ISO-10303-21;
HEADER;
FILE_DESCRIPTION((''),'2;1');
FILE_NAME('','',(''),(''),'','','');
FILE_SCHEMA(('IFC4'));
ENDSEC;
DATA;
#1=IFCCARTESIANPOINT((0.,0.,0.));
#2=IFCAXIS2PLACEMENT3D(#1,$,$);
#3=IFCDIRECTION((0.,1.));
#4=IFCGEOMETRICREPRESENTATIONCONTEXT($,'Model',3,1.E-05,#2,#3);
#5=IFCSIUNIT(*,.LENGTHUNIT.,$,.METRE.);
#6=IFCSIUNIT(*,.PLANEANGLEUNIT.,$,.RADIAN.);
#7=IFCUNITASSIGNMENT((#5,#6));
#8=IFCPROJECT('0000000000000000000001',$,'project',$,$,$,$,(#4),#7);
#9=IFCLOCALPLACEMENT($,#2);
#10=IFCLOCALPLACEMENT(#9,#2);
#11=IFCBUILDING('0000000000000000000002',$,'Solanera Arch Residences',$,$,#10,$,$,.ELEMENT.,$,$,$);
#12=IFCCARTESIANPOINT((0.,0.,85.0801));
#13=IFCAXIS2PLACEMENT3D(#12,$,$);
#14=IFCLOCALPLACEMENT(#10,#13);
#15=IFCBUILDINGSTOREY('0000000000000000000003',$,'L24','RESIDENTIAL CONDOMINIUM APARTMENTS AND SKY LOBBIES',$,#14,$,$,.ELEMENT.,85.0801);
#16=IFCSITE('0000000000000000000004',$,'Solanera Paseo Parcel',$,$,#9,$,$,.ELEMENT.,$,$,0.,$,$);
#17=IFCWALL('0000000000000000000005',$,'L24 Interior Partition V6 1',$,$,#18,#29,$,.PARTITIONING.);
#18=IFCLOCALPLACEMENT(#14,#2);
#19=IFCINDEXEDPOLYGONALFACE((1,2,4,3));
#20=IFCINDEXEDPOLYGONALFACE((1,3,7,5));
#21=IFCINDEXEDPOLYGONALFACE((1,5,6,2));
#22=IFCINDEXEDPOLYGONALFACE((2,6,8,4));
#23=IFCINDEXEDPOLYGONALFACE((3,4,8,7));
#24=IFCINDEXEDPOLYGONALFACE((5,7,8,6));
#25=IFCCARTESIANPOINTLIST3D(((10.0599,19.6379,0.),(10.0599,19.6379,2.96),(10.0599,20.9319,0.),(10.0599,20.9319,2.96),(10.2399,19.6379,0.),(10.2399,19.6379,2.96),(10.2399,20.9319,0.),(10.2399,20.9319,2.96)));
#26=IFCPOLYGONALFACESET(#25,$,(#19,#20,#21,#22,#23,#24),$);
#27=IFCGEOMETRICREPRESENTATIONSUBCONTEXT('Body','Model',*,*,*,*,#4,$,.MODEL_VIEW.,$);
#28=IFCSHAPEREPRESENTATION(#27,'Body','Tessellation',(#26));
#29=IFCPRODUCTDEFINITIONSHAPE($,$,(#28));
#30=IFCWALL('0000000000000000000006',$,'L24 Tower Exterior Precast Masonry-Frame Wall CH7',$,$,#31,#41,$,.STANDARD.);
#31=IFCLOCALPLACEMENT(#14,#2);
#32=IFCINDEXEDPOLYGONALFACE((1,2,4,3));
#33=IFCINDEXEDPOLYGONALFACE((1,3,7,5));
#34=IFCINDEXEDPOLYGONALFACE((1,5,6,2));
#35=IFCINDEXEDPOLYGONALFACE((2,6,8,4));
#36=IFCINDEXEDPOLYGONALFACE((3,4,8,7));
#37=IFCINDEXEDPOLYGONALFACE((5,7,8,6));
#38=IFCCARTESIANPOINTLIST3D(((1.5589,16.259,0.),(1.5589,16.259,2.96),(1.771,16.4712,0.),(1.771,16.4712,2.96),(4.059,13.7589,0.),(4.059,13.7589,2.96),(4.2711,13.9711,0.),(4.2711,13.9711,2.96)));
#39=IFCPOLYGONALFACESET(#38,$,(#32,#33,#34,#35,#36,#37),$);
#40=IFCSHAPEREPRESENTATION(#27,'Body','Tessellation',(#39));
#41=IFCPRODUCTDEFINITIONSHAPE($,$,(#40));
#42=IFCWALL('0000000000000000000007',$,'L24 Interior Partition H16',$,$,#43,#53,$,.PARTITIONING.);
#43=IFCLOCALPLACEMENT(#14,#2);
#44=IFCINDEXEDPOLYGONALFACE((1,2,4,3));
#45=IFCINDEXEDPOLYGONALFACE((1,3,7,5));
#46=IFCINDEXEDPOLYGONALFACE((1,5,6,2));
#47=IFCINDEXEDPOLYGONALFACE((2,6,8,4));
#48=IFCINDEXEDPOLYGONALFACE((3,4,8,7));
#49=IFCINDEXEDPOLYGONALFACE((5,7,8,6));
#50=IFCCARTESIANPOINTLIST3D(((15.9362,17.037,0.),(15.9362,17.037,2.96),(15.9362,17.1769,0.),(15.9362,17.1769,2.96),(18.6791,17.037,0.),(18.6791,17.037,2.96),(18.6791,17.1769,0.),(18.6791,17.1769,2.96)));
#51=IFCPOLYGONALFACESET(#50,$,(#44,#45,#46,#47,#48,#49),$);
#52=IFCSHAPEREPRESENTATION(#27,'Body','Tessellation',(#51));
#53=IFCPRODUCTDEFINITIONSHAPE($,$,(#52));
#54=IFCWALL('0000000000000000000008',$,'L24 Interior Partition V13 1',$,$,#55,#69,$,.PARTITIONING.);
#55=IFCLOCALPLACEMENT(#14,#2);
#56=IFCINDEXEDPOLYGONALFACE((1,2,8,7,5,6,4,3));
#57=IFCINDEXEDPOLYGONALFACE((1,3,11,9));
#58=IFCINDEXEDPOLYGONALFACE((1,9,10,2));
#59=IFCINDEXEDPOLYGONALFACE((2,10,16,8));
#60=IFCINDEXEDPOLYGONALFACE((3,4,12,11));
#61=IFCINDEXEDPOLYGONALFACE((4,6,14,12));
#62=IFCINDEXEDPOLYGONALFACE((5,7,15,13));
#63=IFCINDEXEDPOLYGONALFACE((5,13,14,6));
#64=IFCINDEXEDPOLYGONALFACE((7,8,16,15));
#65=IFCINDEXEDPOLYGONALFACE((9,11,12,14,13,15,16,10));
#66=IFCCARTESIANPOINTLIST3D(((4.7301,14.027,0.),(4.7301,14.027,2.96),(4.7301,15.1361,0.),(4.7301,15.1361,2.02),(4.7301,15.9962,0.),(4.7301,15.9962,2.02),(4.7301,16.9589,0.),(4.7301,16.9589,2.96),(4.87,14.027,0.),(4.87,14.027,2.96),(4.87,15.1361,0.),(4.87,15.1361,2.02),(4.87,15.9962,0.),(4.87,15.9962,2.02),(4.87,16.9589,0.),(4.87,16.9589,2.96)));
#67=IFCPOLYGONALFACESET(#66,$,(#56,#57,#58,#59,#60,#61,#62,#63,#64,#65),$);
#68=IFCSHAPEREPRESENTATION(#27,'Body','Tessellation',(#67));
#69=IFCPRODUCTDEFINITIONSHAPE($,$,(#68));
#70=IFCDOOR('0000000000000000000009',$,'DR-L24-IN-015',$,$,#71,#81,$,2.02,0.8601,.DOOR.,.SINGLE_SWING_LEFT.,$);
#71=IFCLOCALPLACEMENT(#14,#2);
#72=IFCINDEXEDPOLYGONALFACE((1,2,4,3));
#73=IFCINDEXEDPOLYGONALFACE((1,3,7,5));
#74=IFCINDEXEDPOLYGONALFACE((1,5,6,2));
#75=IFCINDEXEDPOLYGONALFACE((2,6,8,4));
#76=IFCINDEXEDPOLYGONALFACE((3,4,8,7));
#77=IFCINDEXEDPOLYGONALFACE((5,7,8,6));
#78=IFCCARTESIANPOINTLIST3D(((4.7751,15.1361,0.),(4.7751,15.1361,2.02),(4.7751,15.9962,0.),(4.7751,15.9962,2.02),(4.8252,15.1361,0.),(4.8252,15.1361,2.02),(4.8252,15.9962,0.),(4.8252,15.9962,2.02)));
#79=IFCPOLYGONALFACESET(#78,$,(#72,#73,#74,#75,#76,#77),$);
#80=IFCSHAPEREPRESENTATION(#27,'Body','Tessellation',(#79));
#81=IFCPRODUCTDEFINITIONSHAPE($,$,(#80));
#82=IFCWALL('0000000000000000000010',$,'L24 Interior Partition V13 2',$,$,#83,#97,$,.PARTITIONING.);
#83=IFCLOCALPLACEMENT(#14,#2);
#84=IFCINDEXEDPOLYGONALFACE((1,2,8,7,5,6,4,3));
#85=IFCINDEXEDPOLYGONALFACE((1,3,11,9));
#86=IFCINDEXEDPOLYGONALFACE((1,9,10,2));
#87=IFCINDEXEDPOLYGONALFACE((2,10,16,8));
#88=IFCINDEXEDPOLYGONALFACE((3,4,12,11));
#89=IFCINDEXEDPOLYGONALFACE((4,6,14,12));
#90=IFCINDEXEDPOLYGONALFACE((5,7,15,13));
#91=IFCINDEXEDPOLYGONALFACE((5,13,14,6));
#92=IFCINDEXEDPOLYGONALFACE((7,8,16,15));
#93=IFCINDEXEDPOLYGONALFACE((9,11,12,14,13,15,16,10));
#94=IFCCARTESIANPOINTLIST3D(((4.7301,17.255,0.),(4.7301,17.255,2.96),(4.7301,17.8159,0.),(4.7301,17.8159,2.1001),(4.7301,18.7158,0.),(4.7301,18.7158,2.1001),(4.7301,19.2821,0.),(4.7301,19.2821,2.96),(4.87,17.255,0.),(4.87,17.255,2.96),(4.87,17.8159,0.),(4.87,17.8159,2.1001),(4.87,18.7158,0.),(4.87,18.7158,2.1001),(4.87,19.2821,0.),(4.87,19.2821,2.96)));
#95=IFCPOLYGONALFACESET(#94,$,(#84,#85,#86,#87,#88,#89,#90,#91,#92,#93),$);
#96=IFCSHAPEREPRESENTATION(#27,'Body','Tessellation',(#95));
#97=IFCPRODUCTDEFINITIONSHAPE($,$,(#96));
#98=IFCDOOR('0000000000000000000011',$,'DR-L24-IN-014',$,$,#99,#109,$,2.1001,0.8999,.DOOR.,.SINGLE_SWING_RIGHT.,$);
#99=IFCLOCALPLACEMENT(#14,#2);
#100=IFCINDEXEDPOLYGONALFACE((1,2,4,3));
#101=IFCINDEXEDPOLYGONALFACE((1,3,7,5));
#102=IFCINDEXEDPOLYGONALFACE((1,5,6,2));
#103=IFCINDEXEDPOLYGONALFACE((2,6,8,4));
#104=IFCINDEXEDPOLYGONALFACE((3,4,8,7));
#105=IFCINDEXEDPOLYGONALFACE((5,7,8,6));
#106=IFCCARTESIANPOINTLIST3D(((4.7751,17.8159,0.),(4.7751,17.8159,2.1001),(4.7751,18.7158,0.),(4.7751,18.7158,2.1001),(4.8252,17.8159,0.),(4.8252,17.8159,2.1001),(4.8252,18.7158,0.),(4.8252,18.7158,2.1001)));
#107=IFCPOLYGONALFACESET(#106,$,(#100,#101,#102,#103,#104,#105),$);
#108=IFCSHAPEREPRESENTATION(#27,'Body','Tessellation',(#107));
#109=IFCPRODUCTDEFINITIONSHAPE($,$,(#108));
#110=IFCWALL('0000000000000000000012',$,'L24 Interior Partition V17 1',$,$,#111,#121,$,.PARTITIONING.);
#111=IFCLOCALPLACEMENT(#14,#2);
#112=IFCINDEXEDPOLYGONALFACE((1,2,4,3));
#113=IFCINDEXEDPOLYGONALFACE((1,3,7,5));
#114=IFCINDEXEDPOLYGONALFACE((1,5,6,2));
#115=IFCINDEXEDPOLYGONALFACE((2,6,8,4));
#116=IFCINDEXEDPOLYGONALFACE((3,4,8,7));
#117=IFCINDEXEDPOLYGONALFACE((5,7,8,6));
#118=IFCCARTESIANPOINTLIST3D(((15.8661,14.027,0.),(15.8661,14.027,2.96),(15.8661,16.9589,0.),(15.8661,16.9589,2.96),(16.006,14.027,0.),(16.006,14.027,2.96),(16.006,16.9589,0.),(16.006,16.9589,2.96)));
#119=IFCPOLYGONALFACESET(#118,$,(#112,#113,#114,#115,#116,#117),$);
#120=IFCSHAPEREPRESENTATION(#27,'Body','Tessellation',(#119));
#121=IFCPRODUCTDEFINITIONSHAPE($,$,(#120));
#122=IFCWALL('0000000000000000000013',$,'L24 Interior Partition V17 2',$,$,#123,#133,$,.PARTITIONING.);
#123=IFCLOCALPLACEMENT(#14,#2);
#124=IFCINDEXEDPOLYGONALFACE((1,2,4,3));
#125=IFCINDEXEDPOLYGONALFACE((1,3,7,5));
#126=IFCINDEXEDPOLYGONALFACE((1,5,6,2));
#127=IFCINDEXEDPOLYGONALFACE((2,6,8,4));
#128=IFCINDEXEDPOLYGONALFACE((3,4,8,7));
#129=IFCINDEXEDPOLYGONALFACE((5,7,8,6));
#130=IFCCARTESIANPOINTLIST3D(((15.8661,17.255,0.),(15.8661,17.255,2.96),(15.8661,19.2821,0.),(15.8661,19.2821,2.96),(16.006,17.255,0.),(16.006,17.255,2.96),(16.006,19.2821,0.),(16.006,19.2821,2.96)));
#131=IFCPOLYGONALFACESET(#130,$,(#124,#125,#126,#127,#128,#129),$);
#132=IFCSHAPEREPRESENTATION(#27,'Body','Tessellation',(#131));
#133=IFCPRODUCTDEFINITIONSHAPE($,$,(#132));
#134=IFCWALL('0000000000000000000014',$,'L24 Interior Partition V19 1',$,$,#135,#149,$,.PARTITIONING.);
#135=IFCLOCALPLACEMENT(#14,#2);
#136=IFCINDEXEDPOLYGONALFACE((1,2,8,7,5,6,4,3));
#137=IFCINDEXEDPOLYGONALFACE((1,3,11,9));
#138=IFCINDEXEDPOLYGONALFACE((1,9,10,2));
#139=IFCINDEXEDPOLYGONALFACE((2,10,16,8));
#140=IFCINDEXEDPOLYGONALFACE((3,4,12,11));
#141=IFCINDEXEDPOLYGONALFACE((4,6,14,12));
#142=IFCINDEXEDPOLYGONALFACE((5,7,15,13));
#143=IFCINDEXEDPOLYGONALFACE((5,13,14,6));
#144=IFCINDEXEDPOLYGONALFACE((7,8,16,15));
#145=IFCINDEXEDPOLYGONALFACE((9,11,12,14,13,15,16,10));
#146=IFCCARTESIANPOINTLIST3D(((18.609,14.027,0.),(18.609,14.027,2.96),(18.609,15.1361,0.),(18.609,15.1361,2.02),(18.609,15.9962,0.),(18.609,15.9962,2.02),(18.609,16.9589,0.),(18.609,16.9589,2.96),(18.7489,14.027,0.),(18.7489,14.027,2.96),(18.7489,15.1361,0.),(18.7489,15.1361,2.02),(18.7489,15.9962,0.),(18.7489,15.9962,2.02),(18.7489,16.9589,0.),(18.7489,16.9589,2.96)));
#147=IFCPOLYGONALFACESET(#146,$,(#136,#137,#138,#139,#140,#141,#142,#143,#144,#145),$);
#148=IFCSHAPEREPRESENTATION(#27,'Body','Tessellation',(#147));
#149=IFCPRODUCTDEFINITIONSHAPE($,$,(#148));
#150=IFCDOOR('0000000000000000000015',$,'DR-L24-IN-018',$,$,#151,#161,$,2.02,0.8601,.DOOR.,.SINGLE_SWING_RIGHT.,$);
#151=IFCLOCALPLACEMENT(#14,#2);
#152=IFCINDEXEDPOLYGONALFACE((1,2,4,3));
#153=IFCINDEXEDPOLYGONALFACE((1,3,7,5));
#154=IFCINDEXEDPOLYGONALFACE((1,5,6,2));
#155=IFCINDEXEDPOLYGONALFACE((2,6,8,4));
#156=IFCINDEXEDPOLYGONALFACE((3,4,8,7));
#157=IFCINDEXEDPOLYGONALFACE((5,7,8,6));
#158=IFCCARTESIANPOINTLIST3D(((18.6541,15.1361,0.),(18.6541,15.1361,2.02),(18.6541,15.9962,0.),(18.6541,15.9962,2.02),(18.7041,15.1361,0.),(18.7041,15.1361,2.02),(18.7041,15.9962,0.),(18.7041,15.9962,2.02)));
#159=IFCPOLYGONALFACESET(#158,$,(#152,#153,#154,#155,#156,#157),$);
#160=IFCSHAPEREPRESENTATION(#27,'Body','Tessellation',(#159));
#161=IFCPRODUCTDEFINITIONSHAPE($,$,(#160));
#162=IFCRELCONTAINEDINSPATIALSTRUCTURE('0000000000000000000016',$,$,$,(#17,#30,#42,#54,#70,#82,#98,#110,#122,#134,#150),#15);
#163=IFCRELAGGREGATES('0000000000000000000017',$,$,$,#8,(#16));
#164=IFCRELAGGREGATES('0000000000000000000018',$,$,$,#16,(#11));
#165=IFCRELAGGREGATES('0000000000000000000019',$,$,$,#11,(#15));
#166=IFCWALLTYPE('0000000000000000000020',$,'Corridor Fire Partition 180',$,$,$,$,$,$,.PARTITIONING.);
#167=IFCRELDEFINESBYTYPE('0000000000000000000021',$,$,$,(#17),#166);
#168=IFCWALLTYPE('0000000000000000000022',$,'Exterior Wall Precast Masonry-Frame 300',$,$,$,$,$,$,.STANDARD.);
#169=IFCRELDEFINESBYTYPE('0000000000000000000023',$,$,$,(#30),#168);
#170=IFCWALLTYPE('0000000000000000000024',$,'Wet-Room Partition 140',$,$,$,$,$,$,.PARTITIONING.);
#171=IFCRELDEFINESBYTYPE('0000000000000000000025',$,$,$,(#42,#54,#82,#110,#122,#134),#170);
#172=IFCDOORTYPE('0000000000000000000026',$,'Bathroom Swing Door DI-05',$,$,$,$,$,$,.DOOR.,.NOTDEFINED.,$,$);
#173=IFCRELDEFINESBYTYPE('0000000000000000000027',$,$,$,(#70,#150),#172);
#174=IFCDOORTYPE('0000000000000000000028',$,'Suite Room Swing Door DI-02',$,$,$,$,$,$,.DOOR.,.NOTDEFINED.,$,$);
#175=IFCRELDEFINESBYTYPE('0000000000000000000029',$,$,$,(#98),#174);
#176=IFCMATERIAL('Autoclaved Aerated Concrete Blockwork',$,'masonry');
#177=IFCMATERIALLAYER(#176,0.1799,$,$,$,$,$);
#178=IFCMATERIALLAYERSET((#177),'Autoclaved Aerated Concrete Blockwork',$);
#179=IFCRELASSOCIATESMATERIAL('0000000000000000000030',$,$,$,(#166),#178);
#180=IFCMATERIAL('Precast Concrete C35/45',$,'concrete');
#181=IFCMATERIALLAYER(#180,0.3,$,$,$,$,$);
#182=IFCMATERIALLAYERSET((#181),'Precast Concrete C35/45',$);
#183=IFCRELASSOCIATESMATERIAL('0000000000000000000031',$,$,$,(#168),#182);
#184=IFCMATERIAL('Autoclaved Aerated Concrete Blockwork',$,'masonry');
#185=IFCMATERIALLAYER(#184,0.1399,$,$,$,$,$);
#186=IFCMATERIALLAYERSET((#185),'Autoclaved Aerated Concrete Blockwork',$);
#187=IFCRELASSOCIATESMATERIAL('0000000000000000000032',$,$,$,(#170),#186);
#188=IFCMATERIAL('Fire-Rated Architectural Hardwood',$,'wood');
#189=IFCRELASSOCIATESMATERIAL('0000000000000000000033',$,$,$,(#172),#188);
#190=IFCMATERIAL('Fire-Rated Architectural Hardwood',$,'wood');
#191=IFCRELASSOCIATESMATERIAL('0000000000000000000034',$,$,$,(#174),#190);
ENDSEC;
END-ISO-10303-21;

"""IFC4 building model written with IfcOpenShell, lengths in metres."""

from ifc_helpers import new_model, si_unit, direction, frame, frame_2d, origin, place, context, subcontext, project, spatial, rectangle, extrude, material, layer, layer_set, type_object, element, fill, save


model = new_model("IFC4")

# Units and contexts
model_context = context("Model", 3, precision=1e-05, world=origin(), true_north=direction((0.0, 1.0)))
body_context = subcontext(model_context, "Body", "Model", "MODEL_VIEW")
ifc_project = project(units=[si_unit("LENGTHUNIT", "METRE"), si_unit("PLANEANGLEUNIT", "RADIAN")], contexts=[model_context])

# Site, building, storey
site_placement = place(None, origin())
site = spatial("IfcSite", under=ifc_project, at=site_placement, Name="Solanera Paseo Parcel", CompositionType="ELEMENT", RefElevation=0.0)
building_placement = place(site_placement, origin())
building = spatial("IfcBuilding", under=site, at=building_placement, Name="Solanera Arch Residences", CompositionType="ELEMENT")
storey_placement = place(building_placement, frame((0.0, 0.0, 85.0801)))
storey = spatial("IfcBuildingStorey", under=building, at=storey_placement, Name="L24", Description="RESIDENTIAL CONDOMINIUM APARTMENTS AND SKY LOBBIES", CompositionType="ELEMENT", Elevation=85.0801)

# Shared definitions
ifc_material_1 = material(Name="Autoclaved Aerated Concrete Blockwork", Category="masonry")
ifc_layer_1 = layer(ifc_material_1, 0.1799)
ifc_layer_set_1 = layer_set([ifc_layer_1], Name="Autoclaved Aerated Concrete Blockwork")
wall_type_1 = type_object("IfcWallType", Name="Corridor Fire Partition 180", PredefinedType="PARTITIONING", material=ifc_layer_set_1)

# Walls
wall_1_placement = place(storey_placement, frame((10.1499, 19.6379, 0.0), z_axis=(0.0, 0.0, 1.0), x_axis=(0.0, 1.0, 0.0)))
element("IfcWall", 1, at=wall_1_placement, inside=storey, type_object=wall_type_1, Name="L24 Interior Partition V6 1", PredefinedType="PARTITIONING", context=body_context, shape_type="SweptSolid", body=[
    extrude(rectangle(XDim=1.2939, YDim=0.1799, at=frame_2d((0.647, 0.0))), origin(), (0.0, 0.0, 1.0), 2.96),
])
ifc_material_2 = material(Name="Precast Concrete C35/45", Category="concrete")
ifc_layer_2 = layer(ifc_material_2, 0.3)
ifc_layer_set_2 = layer_set([ifc_layer_2], Name="Precast Concrete C35/45")
wall_type_2 = type_object("IfcWallType", Name="Exterior Wall Precast Masonry-Frame 300", PredefinedType="STANDARD", material=ifc_layer_set_2)
wall_2_placement = place(storey_placement, frame((4.165, 13.865, 0.0), z_axis=(0.0, 0.0, 1.0), x_axis=(-0.707107, 0.707107, 0.0)))
element("IfcWall", 2, at=wall_2_placement, inside=storey, type_object=wall_type_2, Name="L24 Tower Exterior Precast Masonry-Frame Wall CH7", PredefinedType="STANDARD", context=body_context, shape_type="SweptSolid", body=[
    extrude(rectangle(XDim=3.5356, YDim=0.3, at=frame_2d((1.7678, 0.0))), origin(), (0.0, 0.0, 1.0), 2.96),
])
ifc_material_3 = material(Name="Autoclaved Aerated Concrete Blockwork", Category="masonry")
ifc_layer_3 = layer(ifc_material_3, 0.1399)
ifc_layer_set_3 = layer_set([ifc_layer_3], Name="Autoclaved Aerated Concrete Blockwork")
wall_type_3 = type_object("IfcWallType", Name="Wet-Room Partition 140", PredefinedType="PARTITIONING", material=ifc_layer_set_3)
wall_3_placement = place(storey_placement, frame((15.936, 17.1069, 0.0), z_axis=(0.0, 0.0, 1.0), x_axis=(1.0, 0.0, 0.0)))
element("IfcWall", 3, at=wall_3_placement, inside=storey, type_object=wall_type_3, Name="L24 Interior Partition H16", PredefinedType="PARTITIONING", context=body_context, shape_type="SweptSolid", body=[
    extrude(rectangle(XDim=2.7429, YDim=0.1399, at=frame_2d((1.3716, 0.0))), origin(), (0.0, 0.0, 1.0), 2.96),
])

# Walls, openings, doors
wall_4_placement = place(storey_placement, frame((4.8, 14.0271, 0.0), z_axis=(0.0, 0.0, 1.0), x_axis=(0.0, 1.0, 0.0)))
wall_4 = element("IfcWall", 4, at=wall_4_placement, inside=storey, type_object=wall_type_3, Name="L24 Interior Partition V13 1", PredefinedType="PARTITIONING", context=body_context, shape_type="SweptSolid", body=[
    extrude(rectangle(XDim=2.9319, YDim=0.1399, at=frame_2d((1.4658, 0.0))), origin(), (0.0, 0.0, 1.0), 2.96),
])
opening_1_placement = place(wall_4_placement, frame((1.1089, 0.0, 0.0)))
opening_1 = element("IfcOpeningElement", 5, at=opening_1_placement, cuts=wall_4, PredefinedType="OPENING", context=body_context, shape_type="SweptSolid", body=[
    extrude(rectangle(XDim=0.8601, YDim=2.02, at=frame_2d((0.4302, 1.01))), frame((0.0, 0.0798, 0.0), z_axis=(0.0, -1.0, 0.0), x_axis=(1.0, 0.0, 0.0)), (0.0, 0.0, 1.0), 0.1599),
])
ifc_material_4 = material(Name="Fire-Rated Architectural Hardwood", Category="wood")
door_type_1 = type_object("IfcDoorType", Name="Bathroom Swing Door DI-05", OperationType="NOTDEFINED", PredefinedType="DOOR", material=ifc_material_4)
door_1_placement = place(opening_1_placement, origin())
door_1 = element("IfcDoor", 6, at=door_1_placement, inside=storey, type_object=door_type_1, Name="DR-L24-IN-015", OperationType="SINGLE_SWING_LEFT", OverallHeight=2.02, OverallWidth=0.8601, PredefinedType="DOOR", context=body_context, shape_type="SweptSolid", body=[
    extrude(rectangle(XDim=0.8601, YDim=2.02, at=frame_2d((0.4302, 1.01))), frame((0.0, 0.0249, 0.0), z_axis=(0.0, -1.0, 0.0), x_axis=(1.0, 0.0, 0.0)), (0.0, 0.0, 1.0), 0.05),
])
fill(opening_1, door_1)
wall_5_placement = place(storey_placement, frame((4.8, 17.2549, 0.0), z_axis=(0.0, 0.0, 1.0), x_axis=(0.0, 1.0, 0.0)))
wall_5 = element("IfcWall", 7, at=wall_5_placement, inside=storey, type_object=wall_type_3, Name="L24 Interior Partition V13 2", PredefinedType="PARTITIONING", context=body_context, shape_type="SweptSolid", body=[
    extrude(rectangle(XDim=2.0271, YDim=0.1399, at=frame_2d((1.0137, 0.0))), origin(), (0.0, 0.0, 1.0), 2.96),
])
opening_2_placement = place(wall_5_placement, frame((0.561, 0.0, 0.0)))
opening_2 = element("IfcOpeningElement", 8, at=opening_2_placement, cuts=wall_5, PredefinedType="OPENING", context=body_context, shape_type="SweptSolid", body=[
    extrude(rectangle(XDim=0.8999, YDim=2.1001, at=frame_2d((0.45, 1.05))), frame((0.0, 0.0798, 0.0), z_axis=(0.0, -1.0, 0.0), x_axis=(1.0, 0.0, 0.0)), (0.0, 0.0, 1.0), 0.1599),
])
ifc_material_5 = material(Name="Fire-Rated Architectural Hardwood", Category="wood")
door_type_2 = type_object("IfcDoorType", Name="Suite Room Swing Door DI-02", OperationType="NOTDEFINED", PredefinedType="DOOR", material=ifc_material_5)
door_2_placement = place(opening_2_placement, origin())
door_2 = element("IfcDoor", 9, at=door_2_placement, inside=storey, type_object=door_type_2, Name="DR-L24-IN-014", OperationType="SINGLE_SWING_RIGHT", OverallHeight=2.1001, OverallWidth=0.8999, PredefinedType="DOOR", context=body_context, shape_type="SweptSolid", body=[
    extrude(rectangle(XDim=0.8999, YDim=2.1001, at=frame_2d((0.45, 1.05))), frame((0.0, 0.0249, 0.0), z_axis=(0.0, -1.0, 0.0), x_axis=(1.0, 0.0, 0.0)), (0.0, 0.0, 1.0), 0.05),
])
fill(opening_2, door_2)

# Walls
wall_6_placement = place(storey_placement, frame((15.936, 14.0271, 0.0), z_axis=(0.0, 0.0, 1.0), x_axis=(0.0, 1.0, 0.0)))
element("IfcWall", 10, at=wall_6_placement, inside=storey, type_object=wall_type_3, Name="L24 Interior Partition V17 1", PredefinedType="PARTITIONING", context=body_context, shape_type="SweptSolid", body=[
    extrude(rectangle(XDim=2.9319, YDim=0.1399, at=frame_2d((1.4658, 0.0))), origin(), (0.0, 0.0, 1.0), 2.96),
])
wall_7_placement = place(storey_placement, frame((15.936, 17.2549, 0.0), z_axis=(0.0, 0.0, 1.0), x_axis=(0.0, 1.0, 0.0)))
element("IfcWall", 11, at=wall_7_placement, inside=storey, type_object=wall_type_3, Name="L24 Interior Partition V17 2", PredefinedType="PARTITIONING", context=body_context, shape_type="SweptSolid", body=[
    extrude(rectangle(XDim=2.0271, YDim=0.1399, at=frame_2d((1.0137, 0.0))), origin(), (0.0, 0.0, 1.0), 2.96),
])

# Wall, opening, door
wall_8_placement = place(storey_placement, frame((18.679, 14.0271, 0.0), z_axis=(0.0, 0.0, 1.0), x_axis=(0.0, 1.0, 0.0)))
wall_8 = element("IfcWall", 12, at=wall_8_placement, inside=storey, type_object=wall_type_3, Name="L24 Interior Partition V19 1", PredefinedType="PARTITIONING", context=body_context, shape_type="SweptSolid", body=[
    extrude(rectangle(XDim=2.9319, YDim=0.1399, at=frame_2d((1.4658, 0.0))), origin(), (0.0, 0.0, 1.0), 2.96),
])
opening_3_placement = place(wall_8_placement, frame((1.1089, 0.0, 0.0)))
opening_3 = element("IfcOpeningElement", 13, at=opening_3_placement, cuts=wall_8, PredefinedType="OPENING", context=body_context, shape_type="SweptSolid", body=[
    extrude(rectangle(XDim=0.8601, YDim=2.02, at=frame_2d((0.4302, 1.01))), frame((0.0, 0.0798, 0.0), z_axis=(0.0, -1.0, 0.0), x_axis=(1.0, 0.0, 0.0)), (0.0, 0.0, 1.0), 0.1599),
])
door_3_placement = place(opening_3_placement, origin())
door_3 = element("IfcDoor", 14, at=door_3_placement, inside=storey, type_object=door_type_1, Name="DR-L24-IN-018", OperationType="SINGLE_SWING_RIGHT", OverallHeight=2.02, OverallWidth=0.8601, PredefinedType="DOOR", context=body_context, shape_type="SweptSolid", body=[
    extrude(rectangle(XDim=0.8601, YDim=2.02, at=frame_2d((0.4302, 1.01))), frame((0.0, 0.0249, 0.0), z_axis=(0.0, -1.0, 0.0), x_axis=(1.0, 0.0, 0.0)), (0.0, 0.0, 1.0), 0.05),
])
fill(opening_3, door_3)

save(model, "model.ifc")
